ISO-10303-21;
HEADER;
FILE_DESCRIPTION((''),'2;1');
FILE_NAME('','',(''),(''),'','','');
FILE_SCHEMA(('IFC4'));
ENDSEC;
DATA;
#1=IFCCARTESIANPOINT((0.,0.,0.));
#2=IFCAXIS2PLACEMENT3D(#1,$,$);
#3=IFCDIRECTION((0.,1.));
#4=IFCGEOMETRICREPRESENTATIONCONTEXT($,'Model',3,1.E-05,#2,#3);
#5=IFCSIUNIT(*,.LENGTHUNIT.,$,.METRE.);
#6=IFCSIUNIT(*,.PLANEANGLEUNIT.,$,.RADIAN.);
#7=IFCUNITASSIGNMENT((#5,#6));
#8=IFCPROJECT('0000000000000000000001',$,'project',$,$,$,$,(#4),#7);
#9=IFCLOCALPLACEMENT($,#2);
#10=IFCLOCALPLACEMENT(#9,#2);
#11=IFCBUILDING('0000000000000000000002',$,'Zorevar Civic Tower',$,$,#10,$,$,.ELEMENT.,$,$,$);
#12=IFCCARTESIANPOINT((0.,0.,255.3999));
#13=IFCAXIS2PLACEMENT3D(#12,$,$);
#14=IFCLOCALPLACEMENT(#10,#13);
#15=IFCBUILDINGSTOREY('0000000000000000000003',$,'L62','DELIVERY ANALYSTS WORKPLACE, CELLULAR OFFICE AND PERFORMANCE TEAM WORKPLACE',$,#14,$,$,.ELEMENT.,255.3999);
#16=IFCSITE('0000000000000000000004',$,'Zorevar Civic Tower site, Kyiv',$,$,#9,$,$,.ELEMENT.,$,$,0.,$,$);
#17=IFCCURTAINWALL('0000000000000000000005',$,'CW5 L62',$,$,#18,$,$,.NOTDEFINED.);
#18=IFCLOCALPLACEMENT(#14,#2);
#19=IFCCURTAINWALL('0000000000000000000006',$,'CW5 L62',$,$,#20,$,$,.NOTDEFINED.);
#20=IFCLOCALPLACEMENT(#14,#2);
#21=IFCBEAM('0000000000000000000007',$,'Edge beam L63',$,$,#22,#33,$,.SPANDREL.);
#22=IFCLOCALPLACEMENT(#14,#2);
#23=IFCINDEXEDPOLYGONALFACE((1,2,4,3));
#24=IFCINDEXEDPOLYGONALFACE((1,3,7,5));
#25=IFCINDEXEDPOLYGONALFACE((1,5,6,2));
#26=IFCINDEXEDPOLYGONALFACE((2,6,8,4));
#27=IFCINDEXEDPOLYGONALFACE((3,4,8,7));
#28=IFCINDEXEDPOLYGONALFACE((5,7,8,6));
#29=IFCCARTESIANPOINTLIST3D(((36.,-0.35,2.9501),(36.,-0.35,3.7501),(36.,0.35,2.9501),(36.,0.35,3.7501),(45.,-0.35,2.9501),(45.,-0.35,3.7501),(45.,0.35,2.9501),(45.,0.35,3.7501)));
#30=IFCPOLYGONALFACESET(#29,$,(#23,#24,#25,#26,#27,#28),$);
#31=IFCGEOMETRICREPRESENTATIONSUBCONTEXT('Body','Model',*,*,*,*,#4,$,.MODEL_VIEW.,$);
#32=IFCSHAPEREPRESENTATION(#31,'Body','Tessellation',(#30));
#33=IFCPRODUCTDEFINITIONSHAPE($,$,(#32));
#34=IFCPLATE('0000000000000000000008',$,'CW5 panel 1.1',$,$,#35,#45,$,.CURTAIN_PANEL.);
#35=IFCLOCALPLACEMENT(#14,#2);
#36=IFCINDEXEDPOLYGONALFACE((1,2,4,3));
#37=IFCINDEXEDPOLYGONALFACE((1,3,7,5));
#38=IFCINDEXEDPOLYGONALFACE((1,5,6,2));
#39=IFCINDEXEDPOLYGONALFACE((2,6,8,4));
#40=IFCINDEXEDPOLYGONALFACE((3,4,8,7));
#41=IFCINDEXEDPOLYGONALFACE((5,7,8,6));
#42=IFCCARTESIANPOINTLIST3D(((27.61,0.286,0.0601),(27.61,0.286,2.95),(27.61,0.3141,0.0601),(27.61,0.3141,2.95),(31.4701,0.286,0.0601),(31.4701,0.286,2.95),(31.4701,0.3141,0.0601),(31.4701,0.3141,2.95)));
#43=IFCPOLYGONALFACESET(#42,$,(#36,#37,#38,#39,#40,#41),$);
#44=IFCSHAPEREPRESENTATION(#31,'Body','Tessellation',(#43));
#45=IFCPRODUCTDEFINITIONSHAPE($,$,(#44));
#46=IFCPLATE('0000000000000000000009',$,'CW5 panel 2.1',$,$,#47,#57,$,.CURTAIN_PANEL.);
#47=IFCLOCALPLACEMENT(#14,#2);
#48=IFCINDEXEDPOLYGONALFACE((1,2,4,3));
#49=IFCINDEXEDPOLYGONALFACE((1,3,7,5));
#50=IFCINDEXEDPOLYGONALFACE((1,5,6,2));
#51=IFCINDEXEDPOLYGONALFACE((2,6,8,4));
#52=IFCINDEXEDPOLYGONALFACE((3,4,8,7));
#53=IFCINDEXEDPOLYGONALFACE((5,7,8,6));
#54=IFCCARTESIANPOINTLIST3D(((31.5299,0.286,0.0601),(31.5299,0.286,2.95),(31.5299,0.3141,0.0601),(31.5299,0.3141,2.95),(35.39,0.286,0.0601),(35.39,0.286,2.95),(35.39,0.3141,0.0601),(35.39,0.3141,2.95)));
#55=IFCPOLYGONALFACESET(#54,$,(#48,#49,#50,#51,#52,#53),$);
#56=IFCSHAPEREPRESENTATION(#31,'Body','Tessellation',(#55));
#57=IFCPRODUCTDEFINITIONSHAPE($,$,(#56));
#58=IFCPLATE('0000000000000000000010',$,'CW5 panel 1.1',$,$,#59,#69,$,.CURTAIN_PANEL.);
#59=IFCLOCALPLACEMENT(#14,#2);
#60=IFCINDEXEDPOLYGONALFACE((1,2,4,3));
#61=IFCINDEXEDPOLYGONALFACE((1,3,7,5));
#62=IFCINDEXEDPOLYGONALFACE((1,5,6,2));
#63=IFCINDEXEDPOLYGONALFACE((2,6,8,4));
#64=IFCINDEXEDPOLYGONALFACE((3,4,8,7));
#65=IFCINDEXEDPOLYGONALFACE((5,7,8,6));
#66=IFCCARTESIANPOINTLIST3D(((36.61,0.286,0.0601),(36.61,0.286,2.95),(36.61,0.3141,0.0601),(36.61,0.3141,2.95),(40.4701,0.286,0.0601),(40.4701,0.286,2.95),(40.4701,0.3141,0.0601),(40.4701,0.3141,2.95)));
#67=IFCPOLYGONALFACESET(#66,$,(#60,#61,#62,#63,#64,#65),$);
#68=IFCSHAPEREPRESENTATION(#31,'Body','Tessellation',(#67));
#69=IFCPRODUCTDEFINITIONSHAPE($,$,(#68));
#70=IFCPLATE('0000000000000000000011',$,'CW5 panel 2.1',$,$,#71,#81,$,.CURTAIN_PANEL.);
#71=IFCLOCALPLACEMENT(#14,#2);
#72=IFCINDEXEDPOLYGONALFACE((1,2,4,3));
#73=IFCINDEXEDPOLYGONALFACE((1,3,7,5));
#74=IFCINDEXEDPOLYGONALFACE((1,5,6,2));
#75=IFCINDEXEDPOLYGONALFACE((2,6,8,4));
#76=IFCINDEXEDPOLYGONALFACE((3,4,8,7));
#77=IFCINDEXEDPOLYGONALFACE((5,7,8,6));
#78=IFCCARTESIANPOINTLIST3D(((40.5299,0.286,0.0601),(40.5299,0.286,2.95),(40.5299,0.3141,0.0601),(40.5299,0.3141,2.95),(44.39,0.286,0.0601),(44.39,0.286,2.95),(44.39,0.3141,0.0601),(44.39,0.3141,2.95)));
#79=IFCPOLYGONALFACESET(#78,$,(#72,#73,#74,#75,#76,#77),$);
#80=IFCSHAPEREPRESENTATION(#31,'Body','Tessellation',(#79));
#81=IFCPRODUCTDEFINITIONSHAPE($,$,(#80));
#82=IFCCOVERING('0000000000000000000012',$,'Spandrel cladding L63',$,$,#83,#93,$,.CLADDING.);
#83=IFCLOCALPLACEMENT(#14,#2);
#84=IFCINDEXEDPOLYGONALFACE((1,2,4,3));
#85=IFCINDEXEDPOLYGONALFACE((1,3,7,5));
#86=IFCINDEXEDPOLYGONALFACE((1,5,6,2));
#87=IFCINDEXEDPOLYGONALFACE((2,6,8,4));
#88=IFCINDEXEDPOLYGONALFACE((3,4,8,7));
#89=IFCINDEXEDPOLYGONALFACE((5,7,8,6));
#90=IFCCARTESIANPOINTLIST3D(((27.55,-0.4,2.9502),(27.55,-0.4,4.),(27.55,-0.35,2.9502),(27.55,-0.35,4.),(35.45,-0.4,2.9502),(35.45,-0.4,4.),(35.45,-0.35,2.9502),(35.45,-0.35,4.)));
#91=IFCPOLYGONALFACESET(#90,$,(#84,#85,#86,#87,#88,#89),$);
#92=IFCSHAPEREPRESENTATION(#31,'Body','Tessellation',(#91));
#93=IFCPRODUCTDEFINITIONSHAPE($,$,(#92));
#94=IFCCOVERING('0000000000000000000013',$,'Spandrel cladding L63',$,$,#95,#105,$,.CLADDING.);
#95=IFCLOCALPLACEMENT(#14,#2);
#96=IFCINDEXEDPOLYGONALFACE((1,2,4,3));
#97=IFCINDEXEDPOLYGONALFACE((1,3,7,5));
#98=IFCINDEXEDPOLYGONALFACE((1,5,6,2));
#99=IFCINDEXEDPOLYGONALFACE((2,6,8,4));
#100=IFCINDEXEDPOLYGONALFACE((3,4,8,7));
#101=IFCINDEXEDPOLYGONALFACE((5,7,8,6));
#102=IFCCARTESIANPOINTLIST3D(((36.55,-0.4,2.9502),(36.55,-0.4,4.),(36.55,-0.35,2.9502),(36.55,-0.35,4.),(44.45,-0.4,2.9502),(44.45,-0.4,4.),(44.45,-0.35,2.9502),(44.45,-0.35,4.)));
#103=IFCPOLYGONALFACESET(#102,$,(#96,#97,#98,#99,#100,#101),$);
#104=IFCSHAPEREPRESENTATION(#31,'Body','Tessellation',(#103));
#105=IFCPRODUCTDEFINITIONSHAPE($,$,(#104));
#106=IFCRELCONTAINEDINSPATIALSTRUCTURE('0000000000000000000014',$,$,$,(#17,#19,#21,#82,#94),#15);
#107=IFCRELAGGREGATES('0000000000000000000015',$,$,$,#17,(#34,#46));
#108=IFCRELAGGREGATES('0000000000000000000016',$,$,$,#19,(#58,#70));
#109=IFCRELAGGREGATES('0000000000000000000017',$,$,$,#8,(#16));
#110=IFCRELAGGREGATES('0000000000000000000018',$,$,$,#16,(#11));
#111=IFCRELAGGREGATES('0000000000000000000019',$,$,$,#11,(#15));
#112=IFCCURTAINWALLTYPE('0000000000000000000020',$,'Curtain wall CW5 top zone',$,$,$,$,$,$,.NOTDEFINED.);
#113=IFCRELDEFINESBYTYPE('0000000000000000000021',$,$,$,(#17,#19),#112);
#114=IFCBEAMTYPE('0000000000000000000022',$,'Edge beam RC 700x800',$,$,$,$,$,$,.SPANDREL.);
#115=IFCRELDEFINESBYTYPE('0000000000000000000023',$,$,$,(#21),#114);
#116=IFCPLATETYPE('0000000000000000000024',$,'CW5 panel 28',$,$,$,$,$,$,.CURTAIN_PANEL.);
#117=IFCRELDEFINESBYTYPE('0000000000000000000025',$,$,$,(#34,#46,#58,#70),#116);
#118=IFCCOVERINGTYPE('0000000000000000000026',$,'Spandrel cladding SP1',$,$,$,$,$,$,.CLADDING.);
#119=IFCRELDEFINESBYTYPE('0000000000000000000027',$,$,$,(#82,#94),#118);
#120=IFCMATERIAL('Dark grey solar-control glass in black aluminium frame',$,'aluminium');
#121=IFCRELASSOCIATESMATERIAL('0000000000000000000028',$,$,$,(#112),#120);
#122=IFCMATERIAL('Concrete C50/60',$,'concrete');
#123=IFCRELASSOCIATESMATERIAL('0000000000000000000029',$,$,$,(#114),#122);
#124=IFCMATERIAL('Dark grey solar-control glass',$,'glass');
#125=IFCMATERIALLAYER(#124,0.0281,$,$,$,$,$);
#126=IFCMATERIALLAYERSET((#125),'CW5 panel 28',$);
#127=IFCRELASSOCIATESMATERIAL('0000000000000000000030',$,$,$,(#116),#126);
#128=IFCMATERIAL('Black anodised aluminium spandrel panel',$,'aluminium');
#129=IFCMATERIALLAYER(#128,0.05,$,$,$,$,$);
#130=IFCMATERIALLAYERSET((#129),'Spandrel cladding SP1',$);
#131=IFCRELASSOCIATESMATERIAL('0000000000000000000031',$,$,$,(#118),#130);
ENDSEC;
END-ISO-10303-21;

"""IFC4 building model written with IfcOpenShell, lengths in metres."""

from ifc_helpers import new_model, si_unit, direction, frame, frame_2d, origin, origin_2d, place, context, subcontext, project, spatial, rectangle, extrude, material, layer, layer_set, material_profile, profile_set, type_object, element, aggregate, save


model = new_model("IFC4")

# Units and contexts
model_context = context("Model", 3, precision=1e-05, world=origin(), true_north=direction((0.0, 1.0)))
body_context = subcontext(model_context, "Body", "Model", "MODEL_VIEW")
ifc_project = project(units=[si_unit("LENGTHUNIT", "METRE"), si_unit("PLANEANGLEUNIT", "RADIAN")], contexts=[model_context])

# Site, building, storey
site_placement = place(None, origin())
site = spatial("IfcSite", under=ifc_project, at=site_placement, Name="Zorevar Civic Tower site, Kyiv", CompositionType="ELEMENT", RefElevation=0.0)
building_placement = place(site_placement, origin())
building = spatial("IfcBuilding", under=site, at=building_placement, Name="Zorevar Civic Tower", CompositionType="ELEMENT")
storey_placement = place(building_placement, frame((0.0, 0.0, 255.3999)))
storey = spatial("IfcBuildingStorey", under=building, at=storey_placement, Name="L62", Description="DELIVERY ANALYSTS WORKPLACE, CELLULAR OFFICE AND PERFORMANCE TEAM WORKPLACE", CompositionType="ELEMENT", Elevation=255.3999)

# Curtain walls
ifc_material_1 = material(Name="Dark grey solar-control glass in black aluminium frame", Category="aluminium")
curtain_wall_type = type_object("IfcCurtainWallType", Name="Curtain wall CW5 top zone", PredefinedType="NOTDEFINED", material=ifc_material_1)
curtain_wall_1_placement = place(storey_placement, origin())
curtain_wall_1 = element("IfcCurtainWall", 1, at=curtain_wall_1_placement, inside=storey, type_object=curtain_wall_type, Name="CW5 L62", PredefinedType="NOTDEFINED")
curtain_wall_2_placement = place(storey_placement, origin())
curtain_wall_2 = element("IfcCurtainWall", 2, at=curtain_wall_2_placement, inside=storey, type_object=curtain_wall_type, Name="CW5 L62", PredefinedType="NOTDEFINED")

# Beam
ifc_material_2 = material(Name="Concrete C50/60", Category="concrete")
ifc_material_profile_1 = material_profile(ifc_material_2, rectangle(XDim=0.7, YDim=0.8, at=origin_2d()), Name="RC 700x800")
ifc_profile_set_1 = profile_set([ifc_material_profile_1], Name="Concrete C50/60")
beam_type_1 = type_object("IfcBeamType", Name="Edge beam RC 700x800", PredefinedType="SPANDREL", material=ifc_profile_set_1)
beam_placement = place(storey_placement, frame((36.0, 0.0, 3.3501), z_axis=(1.0, 0.0, 0.0), x_axis=(0.0, 1.0, 0.0)))
element("IfcBeam", 3, at=beam_placement, inside=storey, type_object=beam_type_1, Name="Edge beam L63", PredefinedType="SPANDREL", context=body_context, shape_type="SweptSolid", body=[
    extrude(rectangle(XDim=0.7, YDim=0.8, at=origin_2d()), origin(), (0.0, 0.0, 1.0), 9.0),
])

# Plates
ifc_material_3 = material(Name="Dark grey solar-control glass", Category="glass")
ifc_layer_1 = layer(ifc_material_3, 0.0281)
ifc_layer_set_1 = layer_set([ifc_layer_1], Name="CW5 panel 28")
plate_type = type_object("IfcPlateType", Name="CW5 panel 28", PredefinedType="CURTAIN_PANEL", material=ifc_layer_set_1)
plate_1_placement = place(storey_placement, frame((29.54, 0.3, 0.0601), z_axis=(0.0, 0.0, 1.0), x_axis=(1.0, 0.0, 0.0)))
plate_1 = element("IfcPlate", 4, at=plate_1_placement, type_object=plate_type, Name="CW5 panel 1.1", PredefinedType="CURTAIN_PANEL", context=body_context, shape_type="SweptSolid", body=[
    extrude(rectangle(XDim=3.8601, YDim=0.0281, at=origin_2d()), origin(), (0.0, 0.0, 1.0), 2.8899),
])
plate_2_placement = place(storey_placement, frame((33.46, 0.3, 0.0601), z_axis=(0.0, 0.0, 1.0), x_axis=(1.0, 0.0, 0.0)))
plate_2 = element("IfcPlate", 5, at=plate_2_placement, type_object=plate_type, Name="CW5 panel 2.1", PredefinedType="CURTAIN_PANEL", context=body_context, shape_type="SweptSolid", body=[
    extrude(rectangle(XDim=3.8601, YDim=0.0281, at=origin_2d()), origin(), (0.0, 0.0, 1.0), 2.8899),
])
aggregate(curtain_wall_1, [plate_1, plate_2])
plate_3_placement = place(storey_placement, frame((38.54, 0.3, 0.0601), z_axis=(0.0, 0.0, 1.0), x_axis=(1.0, 0.0, 0.0)))
plate_3 = element("IfcPlate", 6, at=plate_3_placement, type_object=plate_type, Name="CW5 panel 1.1", PredefinedType="CURTAIN_PANEL", context=body_context, shape_type="SweptSolid", body=[
    extrude(rectangle(XDim=3.8601, YDim=0.0281, at=origin_2d()), origin(), (0.0, 0.0, 1.0), 2.8899),
])
plate_4_placement = place(storey_placement, frame((42.46, 0.3, 0.0601), z_axis=(0.0, 0.0, 1.0), x_axis=(1.0, 0.0, 0.0)))
plate_4 = element("IfcPlate", 7, at=plate_4_placement, type_object=plate_type, Name="CW5 panel 2.1", PredefinedType="CURTAIN_PANEL", context=body_context, shape_type="SweptSolid", body=[
    extrude(rectangle(XDim=3.8601, YDim=0.0281, at=origin_2d()), origin(), (0.0, 0.0, 1.0), 2.8899),
])
aggregate(curtain_wall_2, [plate_3, plate_4])

# Coverings
ifc_material_4 = material(Name="Black anodised aluminium spandrel panel", Category="aluminium")
ifc_layer_2 = layer(ifc_material_4, 0.05)
ifc_layer_set_2 = layer_set([ifc_layer_2], Name="Spandrel cladding SP1")
covering_type = type_object("IfcCoveringType", Name="Spandrel cladding SP1", PredefinedType="CLADDING", material=ifc_layer_set_2)
for number, where, z_axis, x_axis, name in (
    (8, (27.55, -0.375, 2.9502), (0.0, 0.0, 1.0), (1.0, 0.0, 0.0), "Spandrel cladding L63"),
    (9, (36.55, -0.375, 2.9502), (0.0, 0.0, 1.0), (1.0, 0.0, 0.0), "Spandrel cladding L63"),
):
    element("IfcCovering", number, at=place(storey_placement, frame(where, z_axis=z_axis, x_axis=x_axis)), inside=storey, type_object=covering_type, Name=name, PredefinedType="CLADDING", context=body_context, shape_type="SweptSolid", body=[
        extrude(rectangle(XDim=7.8999, YDim=0.05, at=frame_2d((3.95, 0.0))), origin(), (0.0, 0.0, 1.0), 1.0498),
    ])

save(model, "model.ifc")
